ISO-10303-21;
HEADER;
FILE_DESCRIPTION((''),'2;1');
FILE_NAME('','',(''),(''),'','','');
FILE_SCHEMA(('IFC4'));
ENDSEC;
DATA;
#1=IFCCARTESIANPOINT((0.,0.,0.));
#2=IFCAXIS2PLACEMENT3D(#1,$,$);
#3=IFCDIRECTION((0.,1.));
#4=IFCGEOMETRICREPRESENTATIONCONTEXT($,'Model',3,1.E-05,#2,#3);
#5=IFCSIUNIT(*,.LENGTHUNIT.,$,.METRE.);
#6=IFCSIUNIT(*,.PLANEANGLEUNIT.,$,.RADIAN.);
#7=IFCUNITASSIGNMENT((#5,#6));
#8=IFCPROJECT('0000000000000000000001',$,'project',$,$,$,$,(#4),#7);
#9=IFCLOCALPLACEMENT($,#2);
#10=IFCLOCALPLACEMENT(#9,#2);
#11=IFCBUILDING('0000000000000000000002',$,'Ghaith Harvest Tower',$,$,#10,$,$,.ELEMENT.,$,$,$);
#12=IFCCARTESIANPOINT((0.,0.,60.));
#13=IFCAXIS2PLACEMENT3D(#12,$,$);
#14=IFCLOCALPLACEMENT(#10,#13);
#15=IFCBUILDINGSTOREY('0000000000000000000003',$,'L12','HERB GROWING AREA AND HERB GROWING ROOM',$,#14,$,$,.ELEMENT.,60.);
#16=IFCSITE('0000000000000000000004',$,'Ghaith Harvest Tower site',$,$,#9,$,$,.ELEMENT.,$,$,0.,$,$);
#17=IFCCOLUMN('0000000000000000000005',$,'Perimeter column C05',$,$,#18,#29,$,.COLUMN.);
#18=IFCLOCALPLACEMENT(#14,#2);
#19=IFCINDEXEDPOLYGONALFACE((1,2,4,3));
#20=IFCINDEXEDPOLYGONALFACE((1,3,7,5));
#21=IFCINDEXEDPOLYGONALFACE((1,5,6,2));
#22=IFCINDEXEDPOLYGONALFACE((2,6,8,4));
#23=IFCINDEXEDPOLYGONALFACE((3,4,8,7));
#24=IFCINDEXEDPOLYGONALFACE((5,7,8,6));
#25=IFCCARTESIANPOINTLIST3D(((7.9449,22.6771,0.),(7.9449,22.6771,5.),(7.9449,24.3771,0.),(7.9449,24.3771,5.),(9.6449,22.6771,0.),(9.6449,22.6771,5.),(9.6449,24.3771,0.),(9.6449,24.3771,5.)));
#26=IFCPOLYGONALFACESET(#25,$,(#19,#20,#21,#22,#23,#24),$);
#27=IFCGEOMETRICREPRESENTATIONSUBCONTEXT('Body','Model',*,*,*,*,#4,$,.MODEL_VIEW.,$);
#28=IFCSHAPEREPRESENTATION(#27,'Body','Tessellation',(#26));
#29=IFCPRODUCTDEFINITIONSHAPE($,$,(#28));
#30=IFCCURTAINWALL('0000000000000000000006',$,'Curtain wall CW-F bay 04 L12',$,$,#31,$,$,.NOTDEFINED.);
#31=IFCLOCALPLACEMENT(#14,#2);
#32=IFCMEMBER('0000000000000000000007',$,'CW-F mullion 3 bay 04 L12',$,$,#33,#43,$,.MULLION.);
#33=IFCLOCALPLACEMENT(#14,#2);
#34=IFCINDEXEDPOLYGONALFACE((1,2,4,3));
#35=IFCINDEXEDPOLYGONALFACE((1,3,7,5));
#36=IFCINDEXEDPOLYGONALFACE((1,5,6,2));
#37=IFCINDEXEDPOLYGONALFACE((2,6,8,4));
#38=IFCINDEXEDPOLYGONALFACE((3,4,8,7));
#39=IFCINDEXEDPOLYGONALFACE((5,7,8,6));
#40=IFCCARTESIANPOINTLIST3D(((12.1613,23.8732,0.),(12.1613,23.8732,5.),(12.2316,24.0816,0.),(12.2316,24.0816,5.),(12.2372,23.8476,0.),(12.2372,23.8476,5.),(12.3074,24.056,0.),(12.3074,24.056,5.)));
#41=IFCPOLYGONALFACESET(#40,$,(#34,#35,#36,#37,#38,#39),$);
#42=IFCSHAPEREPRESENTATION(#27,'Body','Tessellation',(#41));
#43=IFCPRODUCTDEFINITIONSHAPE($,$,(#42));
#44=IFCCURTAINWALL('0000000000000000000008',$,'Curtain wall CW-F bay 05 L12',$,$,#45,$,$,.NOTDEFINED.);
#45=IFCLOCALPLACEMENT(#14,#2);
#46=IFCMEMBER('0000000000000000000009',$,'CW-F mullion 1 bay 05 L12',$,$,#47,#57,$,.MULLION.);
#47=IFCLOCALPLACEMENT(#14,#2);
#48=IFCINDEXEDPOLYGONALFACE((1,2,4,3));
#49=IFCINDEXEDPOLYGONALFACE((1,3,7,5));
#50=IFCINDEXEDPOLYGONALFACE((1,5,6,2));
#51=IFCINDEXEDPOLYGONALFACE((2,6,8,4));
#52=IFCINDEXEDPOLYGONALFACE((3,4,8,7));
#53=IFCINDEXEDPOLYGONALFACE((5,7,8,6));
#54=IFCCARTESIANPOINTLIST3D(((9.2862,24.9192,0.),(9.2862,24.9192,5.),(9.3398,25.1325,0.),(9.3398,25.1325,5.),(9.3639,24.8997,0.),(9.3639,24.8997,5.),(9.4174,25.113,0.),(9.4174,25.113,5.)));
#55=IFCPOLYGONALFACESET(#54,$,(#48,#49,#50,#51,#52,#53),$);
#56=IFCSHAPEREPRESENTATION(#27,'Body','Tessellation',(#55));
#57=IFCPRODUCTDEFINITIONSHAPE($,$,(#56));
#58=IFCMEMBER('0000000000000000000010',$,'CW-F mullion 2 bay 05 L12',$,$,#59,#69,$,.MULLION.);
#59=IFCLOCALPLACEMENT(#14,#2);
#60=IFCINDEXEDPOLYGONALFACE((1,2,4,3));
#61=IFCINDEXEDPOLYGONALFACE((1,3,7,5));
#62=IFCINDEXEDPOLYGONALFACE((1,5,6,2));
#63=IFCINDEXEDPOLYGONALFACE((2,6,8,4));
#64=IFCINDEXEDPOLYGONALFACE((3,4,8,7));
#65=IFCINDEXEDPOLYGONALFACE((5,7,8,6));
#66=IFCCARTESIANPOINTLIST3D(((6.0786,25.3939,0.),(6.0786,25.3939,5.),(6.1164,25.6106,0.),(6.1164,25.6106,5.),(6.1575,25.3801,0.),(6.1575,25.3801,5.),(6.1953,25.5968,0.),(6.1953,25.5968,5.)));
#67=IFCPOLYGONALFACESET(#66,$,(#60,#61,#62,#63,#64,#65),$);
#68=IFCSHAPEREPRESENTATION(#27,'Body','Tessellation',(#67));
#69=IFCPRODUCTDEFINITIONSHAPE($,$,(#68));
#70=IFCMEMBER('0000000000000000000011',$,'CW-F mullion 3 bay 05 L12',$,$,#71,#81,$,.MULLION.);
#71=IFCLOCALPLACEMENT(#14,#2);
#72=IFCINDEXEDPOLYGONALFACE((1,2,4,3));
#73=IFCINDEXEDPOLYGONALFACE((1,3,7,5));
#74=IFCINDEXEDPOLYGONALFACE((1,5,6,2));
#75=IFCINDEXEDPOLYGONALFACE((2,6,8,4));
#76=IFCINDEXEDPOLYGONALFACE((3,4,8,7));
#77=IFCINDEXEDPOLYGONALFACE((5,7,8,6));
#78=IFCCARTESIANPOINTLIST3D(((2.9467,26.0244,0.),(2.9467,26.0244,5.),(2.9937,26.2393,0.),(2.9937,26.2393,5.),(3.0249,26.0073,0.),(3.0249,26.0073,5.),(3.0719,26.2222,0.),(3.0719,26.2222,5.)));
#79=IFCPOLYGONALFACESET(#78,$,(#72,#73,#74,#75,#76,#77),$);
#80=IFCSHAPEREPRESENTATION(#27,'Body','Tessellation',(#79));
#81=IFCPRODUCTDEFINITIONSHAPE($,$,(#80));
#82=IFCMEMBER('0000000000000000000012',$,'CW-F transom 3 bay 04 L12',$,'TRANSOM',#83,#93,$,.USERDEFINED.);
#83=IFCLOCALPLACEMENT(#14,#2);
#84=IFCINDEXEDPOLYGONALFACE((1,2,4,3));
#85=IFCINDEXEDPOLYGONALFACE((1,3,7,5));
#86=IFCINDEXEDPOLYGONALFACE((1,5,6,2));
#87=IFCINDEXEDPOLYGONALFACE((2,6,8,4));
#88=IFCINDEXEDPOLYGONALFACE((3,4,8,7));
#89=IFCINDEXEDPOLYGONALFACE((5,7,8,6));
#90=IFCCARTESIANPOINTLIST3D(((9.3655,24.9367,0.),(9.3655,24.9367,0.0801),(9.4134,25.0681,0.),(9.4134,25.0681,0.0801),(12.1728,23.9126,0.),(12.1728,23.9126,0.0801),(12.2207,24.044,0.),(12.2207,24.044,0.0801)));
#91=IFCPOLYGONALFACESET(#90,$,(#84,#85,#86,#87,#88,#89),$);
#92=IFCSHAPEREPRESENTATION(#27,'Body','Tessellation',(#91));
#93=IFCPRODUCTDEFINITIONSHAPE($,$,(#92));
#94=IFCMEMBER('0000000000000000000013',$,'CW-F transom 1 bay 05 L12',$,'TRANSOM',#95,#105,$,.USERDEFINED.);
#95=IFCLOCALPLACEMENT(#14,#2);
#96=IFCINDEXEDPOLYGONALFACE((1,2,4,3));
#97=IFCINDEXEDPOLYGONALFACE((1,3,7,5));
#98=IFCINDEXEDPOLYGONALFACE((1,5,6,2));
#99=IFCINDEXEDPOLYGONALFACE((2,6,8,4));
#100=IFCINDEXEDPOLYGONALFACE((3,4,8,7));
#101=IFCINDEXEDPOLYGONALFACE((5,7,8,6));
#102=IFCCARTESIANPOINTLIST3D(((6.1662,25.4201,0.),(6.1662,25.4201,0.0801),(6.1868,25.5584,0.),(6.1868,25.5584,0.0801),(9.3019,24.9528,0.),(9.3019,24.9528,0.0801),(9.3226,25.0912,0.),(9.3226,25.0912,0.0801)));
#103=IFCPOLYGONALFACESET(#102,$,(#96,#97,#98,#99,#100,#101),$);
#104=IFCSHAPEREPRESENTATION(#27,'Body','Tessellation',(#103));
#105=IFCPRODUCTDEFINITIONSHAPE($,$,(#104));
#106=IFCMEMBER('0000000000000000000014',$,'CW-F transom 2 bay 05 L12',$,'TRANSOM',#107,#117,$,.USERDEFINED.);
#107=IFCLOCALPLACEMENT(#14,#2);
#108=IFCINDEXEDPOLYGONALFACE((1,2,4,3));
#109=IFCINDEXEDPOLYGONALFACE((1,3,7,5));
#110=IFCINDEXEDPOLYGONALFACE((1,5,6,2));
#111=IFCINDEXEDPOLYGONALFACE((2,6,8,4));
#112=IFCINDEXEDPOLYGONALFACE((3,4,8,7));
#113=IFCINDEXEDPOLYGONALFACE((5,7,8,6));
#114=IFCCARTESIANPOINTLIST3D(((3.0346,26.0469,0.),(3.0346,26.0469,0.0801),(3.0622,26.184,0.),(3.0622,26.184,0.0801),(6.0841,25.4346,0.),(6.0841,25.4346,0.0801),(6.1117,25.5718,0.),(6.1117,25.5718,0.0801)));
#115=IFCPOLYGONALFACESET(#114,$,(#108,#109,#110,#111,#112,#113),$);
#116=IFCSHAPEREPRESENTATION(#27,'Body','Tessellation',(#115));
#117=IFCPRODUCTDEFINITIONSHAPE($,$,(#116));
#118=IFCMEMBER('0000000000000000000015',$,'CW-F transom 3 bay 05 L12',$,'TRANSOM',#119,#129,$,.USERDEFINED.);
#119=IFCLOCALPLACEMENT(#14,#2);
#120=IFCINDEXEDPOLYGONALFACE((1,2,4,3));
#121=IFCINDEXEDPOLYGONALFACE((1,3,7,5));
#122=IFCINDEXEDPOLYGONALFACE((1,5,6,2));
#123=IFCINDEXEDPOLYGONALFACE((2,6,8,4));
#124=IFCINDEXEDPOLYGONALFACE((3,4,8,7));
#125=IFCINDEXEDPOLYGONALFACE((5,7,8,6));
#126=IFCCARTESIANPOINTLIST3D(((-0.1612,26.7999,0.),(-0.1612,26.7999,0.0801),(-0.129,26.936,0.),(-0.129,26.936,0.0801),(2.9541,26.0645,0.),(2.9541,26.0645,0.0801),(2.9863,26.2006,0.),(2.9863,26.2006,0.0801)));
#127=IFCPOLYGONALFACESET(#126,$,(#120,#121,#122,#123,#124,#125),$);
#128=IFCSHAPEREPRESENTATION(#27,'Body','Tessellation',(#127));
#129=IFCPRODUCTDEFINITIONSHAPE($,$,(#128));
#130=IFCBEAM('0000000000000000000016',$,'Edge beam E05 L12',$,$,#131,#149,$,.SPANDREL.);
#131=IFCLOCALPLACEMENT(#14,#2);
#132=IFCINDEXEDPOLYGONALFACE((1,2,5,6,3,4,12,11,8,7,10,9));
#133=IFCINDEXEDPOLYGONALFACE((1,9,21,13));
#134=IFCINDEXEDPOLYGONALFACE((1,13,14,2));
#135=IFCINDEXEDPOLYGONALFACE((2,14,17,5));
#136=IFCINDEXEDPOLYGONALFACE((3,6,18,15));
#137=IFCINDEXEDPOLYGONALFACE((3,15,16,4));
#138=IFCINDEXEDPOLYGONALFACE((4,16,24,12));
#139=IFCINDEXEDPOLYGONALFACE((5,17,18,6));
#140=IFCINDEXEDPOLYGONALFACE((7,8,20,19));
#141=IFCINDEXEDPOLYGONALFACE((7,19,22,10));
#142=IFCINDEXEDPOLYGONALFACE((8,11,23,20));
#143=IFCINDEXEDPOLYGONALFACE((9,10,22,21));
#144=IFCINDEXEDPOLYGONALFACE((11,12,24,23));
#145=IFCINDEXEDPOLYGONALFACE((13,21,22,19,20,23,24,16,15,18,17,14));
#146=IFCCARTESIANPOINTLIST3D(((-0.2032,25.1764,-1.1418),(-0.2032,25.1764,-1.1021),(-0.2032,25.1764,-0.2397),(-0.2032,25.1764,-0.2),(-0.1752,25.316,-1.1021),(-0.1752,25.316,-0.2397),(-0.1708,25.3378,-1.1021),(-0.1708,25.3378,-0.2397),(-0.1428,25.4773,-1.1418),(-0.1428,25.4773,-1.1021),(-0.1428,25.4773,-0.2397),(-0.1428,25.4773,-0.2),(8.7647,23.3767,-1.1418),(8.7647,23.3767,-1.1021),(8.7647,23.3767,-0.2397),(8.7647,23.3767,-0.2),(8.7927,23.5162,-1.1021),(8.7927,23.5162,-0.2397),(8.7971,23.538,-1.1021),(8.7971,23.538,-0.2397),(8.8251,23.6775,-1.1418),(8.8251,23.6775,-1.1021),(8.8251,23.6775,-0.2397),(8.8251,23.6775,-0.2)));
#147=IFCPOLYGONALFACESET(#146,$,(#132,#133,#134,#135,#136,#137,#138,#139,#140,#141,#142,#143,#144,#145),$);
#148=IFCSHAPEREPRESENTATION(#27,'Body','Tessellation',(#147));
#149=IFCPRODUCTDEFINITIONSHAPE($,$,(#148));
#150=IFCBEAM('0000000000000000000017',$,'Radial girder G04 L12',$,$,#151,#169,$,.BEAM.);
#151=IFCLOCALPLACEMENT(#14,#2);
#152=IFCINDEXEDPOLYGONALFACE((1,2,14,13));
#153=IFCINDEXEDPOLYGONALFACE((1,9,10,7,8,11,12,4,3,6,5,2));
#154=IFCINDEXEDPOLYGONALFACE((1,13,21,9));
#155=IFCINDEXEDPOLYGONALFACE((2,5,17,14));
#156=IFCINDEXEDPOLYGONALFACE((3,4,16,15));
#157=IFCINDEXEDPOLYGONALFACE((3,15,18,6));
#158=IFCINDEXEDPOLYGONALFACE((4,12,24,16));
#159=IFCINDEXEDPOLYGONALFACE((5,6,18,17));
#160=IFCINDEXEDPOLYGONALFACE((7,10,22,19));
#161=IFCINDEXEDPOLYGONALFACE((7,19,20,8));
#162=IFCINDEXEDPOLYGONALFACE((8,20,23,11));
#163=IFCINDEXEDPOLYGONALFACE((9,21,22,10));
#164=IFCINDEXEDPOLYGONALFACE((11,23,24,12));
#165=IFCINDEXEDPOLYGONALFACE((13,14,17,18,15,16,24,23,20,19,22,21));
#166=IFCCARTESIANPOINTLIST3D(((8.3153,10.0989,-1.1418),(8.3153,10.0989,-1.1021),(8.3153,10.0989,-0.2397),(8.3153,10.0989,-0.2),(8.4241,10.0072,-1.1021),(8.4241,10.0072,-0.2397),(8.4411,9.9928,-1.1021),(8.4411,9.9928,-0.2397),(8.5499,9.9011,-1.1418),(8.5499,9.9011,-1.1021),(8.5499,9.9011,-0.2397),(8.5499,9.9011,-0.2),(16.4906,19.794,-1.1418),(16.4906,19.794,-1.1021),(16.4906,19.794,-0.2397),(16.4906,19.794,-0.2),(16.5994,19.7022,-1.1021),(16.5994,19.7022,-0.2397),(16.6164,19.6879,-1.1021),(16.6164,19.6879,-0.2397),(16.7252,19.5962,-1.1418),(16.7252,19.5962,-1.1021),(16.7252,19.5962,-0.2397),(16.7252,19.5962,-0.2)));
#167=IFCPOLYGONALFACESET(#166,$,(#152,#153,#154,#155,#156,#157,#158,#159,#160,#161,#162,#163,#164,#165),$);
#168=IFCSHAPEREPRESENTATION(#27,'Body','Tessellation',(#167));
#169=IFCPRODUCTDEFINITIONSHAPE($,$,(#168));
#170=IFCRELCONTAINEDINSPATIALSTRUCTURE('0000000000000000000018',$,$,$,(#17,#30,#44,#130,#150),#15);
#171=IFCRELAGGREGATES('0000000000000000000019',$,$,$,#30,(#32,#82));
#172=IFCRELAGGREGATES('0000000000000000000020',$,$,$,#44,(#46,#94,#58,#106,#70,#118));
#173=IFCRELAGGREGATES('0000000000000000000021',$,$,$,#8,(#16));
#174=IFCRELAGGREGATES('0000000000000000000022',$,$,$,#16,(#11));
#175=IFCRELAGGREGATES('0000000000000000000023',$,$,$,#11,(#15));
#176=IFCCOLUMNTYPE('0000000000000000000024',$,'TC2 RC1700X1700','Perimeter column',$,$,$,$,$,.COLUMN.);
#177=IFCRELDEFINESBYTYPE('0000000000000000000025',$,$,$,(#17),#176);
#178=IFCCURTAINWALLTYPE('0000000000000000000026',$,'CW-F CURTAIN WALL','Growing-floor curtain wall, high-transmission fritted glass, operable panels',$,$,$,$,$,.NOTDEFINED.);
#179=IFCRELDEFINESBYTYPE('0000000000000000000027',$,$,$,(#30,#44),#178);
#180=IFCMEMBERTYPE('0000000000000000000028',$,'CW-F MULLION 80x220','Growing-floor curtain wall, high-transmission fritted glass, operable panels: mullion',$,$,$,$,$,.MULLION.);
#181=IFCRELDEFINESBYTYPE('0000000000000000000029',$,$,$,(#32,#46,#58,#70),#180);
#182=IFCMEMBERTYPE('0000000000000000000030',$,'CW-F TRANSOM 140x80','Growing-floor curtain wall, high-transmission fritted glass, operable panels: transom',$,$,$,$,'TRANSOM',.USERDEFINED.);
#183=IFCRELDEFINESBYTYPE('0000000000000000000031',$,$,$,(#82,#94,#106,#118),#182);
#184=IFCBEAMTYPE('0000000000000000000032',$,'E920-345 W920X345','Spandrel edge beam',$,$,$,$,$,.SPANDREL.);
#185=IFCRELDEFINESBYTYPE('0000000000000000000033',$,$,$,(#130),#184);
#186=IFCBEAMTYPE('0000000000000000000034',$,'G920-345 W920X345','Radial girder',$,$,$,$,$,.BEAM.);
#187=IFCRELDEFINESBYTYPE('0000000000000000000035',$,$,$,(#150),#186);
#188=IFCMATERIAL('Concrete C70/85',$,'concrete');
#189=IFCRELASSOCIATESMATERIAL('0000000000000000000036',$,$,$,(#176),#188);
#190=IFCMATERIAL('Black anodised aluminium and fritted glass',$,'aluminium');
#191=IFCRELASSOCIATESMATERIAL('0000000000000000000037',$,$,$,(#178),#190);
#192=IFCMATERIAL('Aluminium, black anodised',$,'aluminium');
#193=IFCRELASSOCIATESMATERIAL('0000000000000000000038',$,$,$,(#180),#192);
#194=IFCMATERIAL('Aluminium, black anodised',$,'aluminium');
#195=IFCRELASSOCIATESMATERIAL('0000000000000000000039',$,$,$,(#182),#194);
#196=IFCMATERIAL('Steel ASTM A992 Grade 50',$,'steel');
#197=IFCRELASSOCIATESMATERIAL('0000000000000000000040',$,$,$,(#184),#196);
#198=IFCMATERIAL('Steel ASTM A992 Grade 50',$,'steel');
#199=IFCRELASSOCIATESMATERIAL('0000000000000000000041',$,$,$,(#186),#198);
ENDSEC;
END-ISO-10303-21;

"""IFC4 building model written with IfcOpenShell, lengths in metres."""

from ifc_helpers import new_model, si_unit, direction, frame, origin, origin_2d, place, context, subcontext, project, spatial, rectangle, i_section, extrude, material, material_profile, profile_set, type_object, element, aggregate, save


model = new_model("IFC4")

# Units and contexts
model_context = context("Model", 3, precision=1e-05, world=origin(), true_north=direction((0.0, 1.0)))
body_context = subcontext(model_context, "Body", "Model", "MODEL_VIEW")
ifc_project = project(units=[si_unit("LENGTHUNIT", "METRE"), si_unit("PLANEANGLEUNIT", "RADIAN")], contexts=[model_context])

# Site, building, storey
site_placement = place(None, origin())
site = spatial("IfcSite", under=ifc_project, at=site_placement, Name="Ghaith Harvest Tower site", CompositionType="ELEMENT", RefElevation=0.0)
building_placement = place(site_placement, origin())
building = spatial("IfcBuilding", under=site, at=building_placement, Name="Ghaith Harvest Tower", CompositionType="ELEMENT")
storey_placement = place(building_placement, frame((0.0, 0.0, 60.0)))
storey = spatial("IfcBuildingStorey", under=building, at=storey_placement, Name="L12", Description="HERB GROWING AREA AND HERB GROWING ROOM", CompositionType="ELEMENT", Elevation=60.0)

# Column
ifc_material_1 = material(Name="Concrete C70/85", Category="concrete")
ifc_material_profile_1 = material_profile(ifc_material_1, rectangle(XDim=1.7, YDim=1.7, at=origin_2d()), Name="RC1700X1700")
ifc_profile_set_1 = profile_set([ifc_material_profile_1], Name="Concrete C70/85")
column_type = type_object("IfcColumnType", Name="TC2 RC1700X1700", Description="Perimeter column", PredefinedType="COLUMN", material=ifc_profile_set_1)
column_placement = place(storey_placement, frame((8.7949, 23.5271, 0.0), z_axis=(0.0, 0.0, 1.0), x_axis=(1.0, 0.0, 0.0)))
element("IfcColumn", 1, at=column_placement, inside=storey, type_object=column_type, Name="Perimeter column C05", PredefinedType="COLUMN", context=body_context, shape_type="SweptSolid", body=[
    extrude(rectangle(XDim=1.7, YDim=1.7, at=origin_2d()), origin(), (0.0, 0.0, 1.0), 5.0),
])

# Curtain wall, member
ifc_material_2 = material(Name="Black anodised aluminium and fritted glass", Category="aluminium")
curtain_wall_type = type_object("IfcCurtainWallType", Name="CW-F CURTAIN WALL", Description="Growing-floor curtain wall, high-transmission fritted glass, operable panels", PredefinedType="NOTDEFINED", material=ifc_material_2)
curtain_wall_1_placement = place(storey_placement, origin())
curtain_wall_1 = element("IfcCurtainWall", 2, at=curtain_wall_1_placement, inside=storey, type_object=curtain_wall_type, Name="Curtain wall CW-F bay 04 L12", PredefinedType="NOTDEFINED")
ifc_material_3 = material(Name="Aluminium, black anodised", Category="aluminium")
ifc_material_profile_2 = material_profile(ifc_material_3, rectangle(XDim=0.0801, YDim=0.22, at=origin_2d()), Name="CW-F MULLION 80x220")
ifc_profile_set_2 = profile_set([ifc_material_profile_2], Name="Aluminium, black anodised")
member_type_1 = type_object("IfcMemberType", Name="CW-F MULLION 80x220", Description="Growing-floor curtain wall, high-transmission fritted glass, operable panels: mullion", PredefinedType="MULLION", material=ifc_profile_set_2)
member_1_placement = place(storey_placement, frame((12.2344, 23.9646, 0.0), z_axis=(0.0, 0.0, 1.0), x_axis=(-0.947653, 0.319301, 0.0)))
member_1 = element("IfcMember", 3, at=member_1_placement, type_object=member_type_1, Name="CW-F mullion 3 bay 04 L12", PredefinedType="MULLION", context=body_context, shape_type="SweptSolid", body=[
    extrude(rectangle(XDim=0.0801, YDim=0.22, at=origin_2d()), origin(), (0.0, 0.0, 1.0), 5.0),
])

# Curtain wall, members
curtain_wall_2_placement = place(storey_placement, origin())
curtain_wall_2 = element("IfcCurtainWall", 4, at=curtain_wall_2_placement, inside=storey, type_object=curtain_wall_type, Name="Curtain wall CW-F bay 05 L12", PredefinedType="NOTDEFINED")
member_2_placement = place(storey_placement, frame((9.3518, 25.0161, 0.0), z_axis=(0.0, 0.0, 1.0), x_axis=(-0.969903, 0.24349, 0.0)))
member_2 = element("IfcMember", 5, at=member_2_placement, type_object=member_type_1, Name="CW-F mullion 1 bay 05 L12", PredefinedType="MULLION", context=body_context, shape_type="SweptSolid", body=[
    extrude(rectangle(XDim=0.0801, YDim=0.22, at=origin_2d()), origin(), (0.0, 0.0, 1.0), 5.0),
])
member_3_placement = place(storey_placement, frame((6.137, 25.4954, 0.0), z_axis=(0.0, 0.0, 1.0), x_axis=(-0.985104, 0.171961, 0.0)))
member_3 = element("IfcMember", 6, at=member_3_placement, type_object=member_type_1, Name="CW-F mullion 2 bay 05 L12", PredefinedType="MULLION", context=body_context, shape_type="SweptSolid", body=[
    extrude(rectangle(XDim=0.0801, YDim=0.22, at=origin_2d()), origin(), (0.0, 0.0, 1.0), 5.0),
])
member_4_placement = place(storey_placement, frame((3.0093, 26.1233, 0.0), z_axis=(0.0, 0.0, 1.0), x_axis=(-0.976927, 0.213572, 0.0)))
member_4 = element("IfcMember", 7, at=member_4_placement, type_object=member_type_1, Name="CW-F mullion 3 bay 05 L12", PredefinedType="MULLION", context=body_context, shape_type="SweptSolid", body=[
    extrude(rectangle(XDim=0.0801, YDim=0.22, at=origin_2d()), origin(), (0.0, 0.0, 1.0), 5.0),
])

# Members
ifc_material_4 = material(Name="Aluminium, black anodised", Category="aluminium")
ifc_material_profile_3 = material_profile(ifc_material_4, rectangle(XDim=0.1399, YDim=0.0801, at=origin_2d()), Name="CW-F TRANSOM 140x80")
ifc_profile_set_3 = profile_set([ifc_material_profile_3], Name="Aluminium, black anodised")
member_type_2 = type_object("IfcMemberType", Name="CW-F TRANSOM 140x80", Description="Growing-floor curtain wall, high-transmission fritted glass, operable panels: transom", ElementType="TRANSOM", PredefinedType="USERDEFINED", material=ifc_profile_set_3)
member_5_placement = place(storey_placement, frame((12.1968, 23.9783, 0.04), z_axis=(-0.939438, 0.34272, 0.0), x_axis=(-0.34272, -0.939438, 0.0)))
member_5 = element("IfcMember", 8, at=member_5_placement, type_object=member_type_2, Name="CW-F transom 3 bay 04 L12", ObjectType="TRANSOM", PredefinedType="USERDEFINED", context=body_context, shape_type="SweptSolid", body=[
    extrude(rectangle(XDim=0.1399, YDim=0.0801, at=origin_2d()), origin(), (0.0, 0.0, 1.0), 2.9883),
])
member_6_placement = place(storey_placement, frame((9.3123, 25.022, 0.04), z_axis=(-0.989078, 0.147391, 0.0), x_axis=(-0.147391, -0.989078, 0.0)))
member_6 = element("IfcMember", 9, at=member_6_placement, type_object=member_type_2, Name="CW-F transom 1 bay 05 L12", ObjectType="TRANSOM", PredefinedType="USERDEFINED", context=body_context, shape_type="SweptSolid", body=[
    extrude(rectangle(XDim=0.1399, YDim=0.0801, at=origin_2d()), origin(), (0.0, 0.0, 1.0), 3.1704),
])
member_7_placement = place(storey_placement, frame((6.0979, 25.5032, 0.04), z_axis=(-0.980432, 0.196856, 0.0), x_axis=(-0.196856, -0.980432, 0.0)))
member_7 = element("IfcMember", 10, at=member_7_placement, type_object=member_type_2, Name="CW-F transom 2 bay 05 L12", ObjectType="TRANSOM", PredefinedType="USERDEFINED", context=body_context, shape_type="SweptSolid", body=[
    extrude(rectangle(XDim=0.1399, YDim=0.0801, at=origin_2d()), origin(), (0.0, 0.0, 1.0), 3.1104),
])
member_8_placement = place(storey_placement, frame((2.9702, 26.1326, 0.04), z_axis=(-0.973253, 0.229736, 0.0), x_axis=(-0.229736, -0.973253, 0.0)))
member_8 = element("IfcMember", 11, at=member_8_placement, type_object=member_type_2, Name="CW-F transom 3 bay 05 L12", ObjectType="TRANSOM", PredefinedType="USERDEFINED", context=body_context, shape_type="SweptSolid", body=[
    extrude(rectangle(XDim=0.1399, YDim=0.0801, at=origin_2d()), origin(), (0.0, 0.0, 1.0), 3.2009),
])

# Beams
ifc_material_5 = material(Name="Steel ASTM A992 Grade 50", Category="steel")
ifc_material_profile_4 = material_profile(ifc_material_5, i_section(OverallWidth=0.3069, OverallDepth=0.9419, WebThickness=0.0222, FlangeThickness=0.0398, at=origin_2d()), Name="W920X345")
ifc_profile_set_4 = profile_set([ifc_material_profile_4], Name="Steel ASTM A992 Grade 50")
beam_type_1 = type_object("IfcBeamType", Name="E920-345 W920X345", Description="Spandrel edge beam", PredefinedType="SPANDREL", material=ifc_profile_set_4)
beam_1_placement = place(storey_placement, frame((8.7949, 23.5271, -0.6709), z_axis=(-0.98045, 0.196768, 0.0), x_axis=(-0.196768, -0.98045, 0.0)))
element("IfcBeam", 12, at=beam_1_placement, inside=storey, type_object=beam_type_1, Name="Edge beam E05 L12", PredefinedType="SPANDREL", context=body_context, shape_type="SweptSolid", body=[
    extrude(i_section(OverallWidth=0.3069, OverallDepth=0.9419, WebThickness=0.0222, FlangeThickness=0.0398, at=origin_2d()), origin(), (0.0, 0.0, 1.0), 9.1467),
])
ifc_material_6 = material(Name="Steel ASTM A992 Grade 50", Category="steel")
ifc_material_profile_5 = material_profile(ifc_material_6, i_section(OverallWidth=0.3069, OverallDepth=0.9419, WebThickness=0.0222, FlangeThickness=0.0398, at=origin_2d()), Name="W920X345")
ifc_profile_set_5 = profile_set([ifc_material_profile_5], Name="Steel ASTM A992 Grade 50")
beam_type_2 = type_object("IfcBeamType", Name="G920-345 W920X345", Description="Radial girder", PredefinedType="BEAM", material=ifc_profile_set_5)
beam_2_placement = place(storey_placement, frame((8.4326, 10.0, -0.6709), z_axis=(0.644644, 0.764483, 0.0), x_axis=(-0.764483, 0.644644, 0.0)))
element("IfcBeam", 13, at=beam_2_placement, inside=storey, type_object=beam_type_2, Name="Radial girder G04 L12", PredefinedType="BEAM", context=body_context, shape_type="SweptSolid", body=[
    extrude(i_section(OverallWidth=0.3069, OverallDepth=0.9419, WebThickness=0.0222, FlangeThickness=0.0398, at=origin_2d()), origin(), (0.0, 0.0, 1.0), 12.6819),
])

aggregate(curtain_wall_1, [member_1, member_5])
aggregate(curtain_wall_2, [member_2, member_6, member_3, member_7, member_4, member_8])

save(model, "model.ifc")
